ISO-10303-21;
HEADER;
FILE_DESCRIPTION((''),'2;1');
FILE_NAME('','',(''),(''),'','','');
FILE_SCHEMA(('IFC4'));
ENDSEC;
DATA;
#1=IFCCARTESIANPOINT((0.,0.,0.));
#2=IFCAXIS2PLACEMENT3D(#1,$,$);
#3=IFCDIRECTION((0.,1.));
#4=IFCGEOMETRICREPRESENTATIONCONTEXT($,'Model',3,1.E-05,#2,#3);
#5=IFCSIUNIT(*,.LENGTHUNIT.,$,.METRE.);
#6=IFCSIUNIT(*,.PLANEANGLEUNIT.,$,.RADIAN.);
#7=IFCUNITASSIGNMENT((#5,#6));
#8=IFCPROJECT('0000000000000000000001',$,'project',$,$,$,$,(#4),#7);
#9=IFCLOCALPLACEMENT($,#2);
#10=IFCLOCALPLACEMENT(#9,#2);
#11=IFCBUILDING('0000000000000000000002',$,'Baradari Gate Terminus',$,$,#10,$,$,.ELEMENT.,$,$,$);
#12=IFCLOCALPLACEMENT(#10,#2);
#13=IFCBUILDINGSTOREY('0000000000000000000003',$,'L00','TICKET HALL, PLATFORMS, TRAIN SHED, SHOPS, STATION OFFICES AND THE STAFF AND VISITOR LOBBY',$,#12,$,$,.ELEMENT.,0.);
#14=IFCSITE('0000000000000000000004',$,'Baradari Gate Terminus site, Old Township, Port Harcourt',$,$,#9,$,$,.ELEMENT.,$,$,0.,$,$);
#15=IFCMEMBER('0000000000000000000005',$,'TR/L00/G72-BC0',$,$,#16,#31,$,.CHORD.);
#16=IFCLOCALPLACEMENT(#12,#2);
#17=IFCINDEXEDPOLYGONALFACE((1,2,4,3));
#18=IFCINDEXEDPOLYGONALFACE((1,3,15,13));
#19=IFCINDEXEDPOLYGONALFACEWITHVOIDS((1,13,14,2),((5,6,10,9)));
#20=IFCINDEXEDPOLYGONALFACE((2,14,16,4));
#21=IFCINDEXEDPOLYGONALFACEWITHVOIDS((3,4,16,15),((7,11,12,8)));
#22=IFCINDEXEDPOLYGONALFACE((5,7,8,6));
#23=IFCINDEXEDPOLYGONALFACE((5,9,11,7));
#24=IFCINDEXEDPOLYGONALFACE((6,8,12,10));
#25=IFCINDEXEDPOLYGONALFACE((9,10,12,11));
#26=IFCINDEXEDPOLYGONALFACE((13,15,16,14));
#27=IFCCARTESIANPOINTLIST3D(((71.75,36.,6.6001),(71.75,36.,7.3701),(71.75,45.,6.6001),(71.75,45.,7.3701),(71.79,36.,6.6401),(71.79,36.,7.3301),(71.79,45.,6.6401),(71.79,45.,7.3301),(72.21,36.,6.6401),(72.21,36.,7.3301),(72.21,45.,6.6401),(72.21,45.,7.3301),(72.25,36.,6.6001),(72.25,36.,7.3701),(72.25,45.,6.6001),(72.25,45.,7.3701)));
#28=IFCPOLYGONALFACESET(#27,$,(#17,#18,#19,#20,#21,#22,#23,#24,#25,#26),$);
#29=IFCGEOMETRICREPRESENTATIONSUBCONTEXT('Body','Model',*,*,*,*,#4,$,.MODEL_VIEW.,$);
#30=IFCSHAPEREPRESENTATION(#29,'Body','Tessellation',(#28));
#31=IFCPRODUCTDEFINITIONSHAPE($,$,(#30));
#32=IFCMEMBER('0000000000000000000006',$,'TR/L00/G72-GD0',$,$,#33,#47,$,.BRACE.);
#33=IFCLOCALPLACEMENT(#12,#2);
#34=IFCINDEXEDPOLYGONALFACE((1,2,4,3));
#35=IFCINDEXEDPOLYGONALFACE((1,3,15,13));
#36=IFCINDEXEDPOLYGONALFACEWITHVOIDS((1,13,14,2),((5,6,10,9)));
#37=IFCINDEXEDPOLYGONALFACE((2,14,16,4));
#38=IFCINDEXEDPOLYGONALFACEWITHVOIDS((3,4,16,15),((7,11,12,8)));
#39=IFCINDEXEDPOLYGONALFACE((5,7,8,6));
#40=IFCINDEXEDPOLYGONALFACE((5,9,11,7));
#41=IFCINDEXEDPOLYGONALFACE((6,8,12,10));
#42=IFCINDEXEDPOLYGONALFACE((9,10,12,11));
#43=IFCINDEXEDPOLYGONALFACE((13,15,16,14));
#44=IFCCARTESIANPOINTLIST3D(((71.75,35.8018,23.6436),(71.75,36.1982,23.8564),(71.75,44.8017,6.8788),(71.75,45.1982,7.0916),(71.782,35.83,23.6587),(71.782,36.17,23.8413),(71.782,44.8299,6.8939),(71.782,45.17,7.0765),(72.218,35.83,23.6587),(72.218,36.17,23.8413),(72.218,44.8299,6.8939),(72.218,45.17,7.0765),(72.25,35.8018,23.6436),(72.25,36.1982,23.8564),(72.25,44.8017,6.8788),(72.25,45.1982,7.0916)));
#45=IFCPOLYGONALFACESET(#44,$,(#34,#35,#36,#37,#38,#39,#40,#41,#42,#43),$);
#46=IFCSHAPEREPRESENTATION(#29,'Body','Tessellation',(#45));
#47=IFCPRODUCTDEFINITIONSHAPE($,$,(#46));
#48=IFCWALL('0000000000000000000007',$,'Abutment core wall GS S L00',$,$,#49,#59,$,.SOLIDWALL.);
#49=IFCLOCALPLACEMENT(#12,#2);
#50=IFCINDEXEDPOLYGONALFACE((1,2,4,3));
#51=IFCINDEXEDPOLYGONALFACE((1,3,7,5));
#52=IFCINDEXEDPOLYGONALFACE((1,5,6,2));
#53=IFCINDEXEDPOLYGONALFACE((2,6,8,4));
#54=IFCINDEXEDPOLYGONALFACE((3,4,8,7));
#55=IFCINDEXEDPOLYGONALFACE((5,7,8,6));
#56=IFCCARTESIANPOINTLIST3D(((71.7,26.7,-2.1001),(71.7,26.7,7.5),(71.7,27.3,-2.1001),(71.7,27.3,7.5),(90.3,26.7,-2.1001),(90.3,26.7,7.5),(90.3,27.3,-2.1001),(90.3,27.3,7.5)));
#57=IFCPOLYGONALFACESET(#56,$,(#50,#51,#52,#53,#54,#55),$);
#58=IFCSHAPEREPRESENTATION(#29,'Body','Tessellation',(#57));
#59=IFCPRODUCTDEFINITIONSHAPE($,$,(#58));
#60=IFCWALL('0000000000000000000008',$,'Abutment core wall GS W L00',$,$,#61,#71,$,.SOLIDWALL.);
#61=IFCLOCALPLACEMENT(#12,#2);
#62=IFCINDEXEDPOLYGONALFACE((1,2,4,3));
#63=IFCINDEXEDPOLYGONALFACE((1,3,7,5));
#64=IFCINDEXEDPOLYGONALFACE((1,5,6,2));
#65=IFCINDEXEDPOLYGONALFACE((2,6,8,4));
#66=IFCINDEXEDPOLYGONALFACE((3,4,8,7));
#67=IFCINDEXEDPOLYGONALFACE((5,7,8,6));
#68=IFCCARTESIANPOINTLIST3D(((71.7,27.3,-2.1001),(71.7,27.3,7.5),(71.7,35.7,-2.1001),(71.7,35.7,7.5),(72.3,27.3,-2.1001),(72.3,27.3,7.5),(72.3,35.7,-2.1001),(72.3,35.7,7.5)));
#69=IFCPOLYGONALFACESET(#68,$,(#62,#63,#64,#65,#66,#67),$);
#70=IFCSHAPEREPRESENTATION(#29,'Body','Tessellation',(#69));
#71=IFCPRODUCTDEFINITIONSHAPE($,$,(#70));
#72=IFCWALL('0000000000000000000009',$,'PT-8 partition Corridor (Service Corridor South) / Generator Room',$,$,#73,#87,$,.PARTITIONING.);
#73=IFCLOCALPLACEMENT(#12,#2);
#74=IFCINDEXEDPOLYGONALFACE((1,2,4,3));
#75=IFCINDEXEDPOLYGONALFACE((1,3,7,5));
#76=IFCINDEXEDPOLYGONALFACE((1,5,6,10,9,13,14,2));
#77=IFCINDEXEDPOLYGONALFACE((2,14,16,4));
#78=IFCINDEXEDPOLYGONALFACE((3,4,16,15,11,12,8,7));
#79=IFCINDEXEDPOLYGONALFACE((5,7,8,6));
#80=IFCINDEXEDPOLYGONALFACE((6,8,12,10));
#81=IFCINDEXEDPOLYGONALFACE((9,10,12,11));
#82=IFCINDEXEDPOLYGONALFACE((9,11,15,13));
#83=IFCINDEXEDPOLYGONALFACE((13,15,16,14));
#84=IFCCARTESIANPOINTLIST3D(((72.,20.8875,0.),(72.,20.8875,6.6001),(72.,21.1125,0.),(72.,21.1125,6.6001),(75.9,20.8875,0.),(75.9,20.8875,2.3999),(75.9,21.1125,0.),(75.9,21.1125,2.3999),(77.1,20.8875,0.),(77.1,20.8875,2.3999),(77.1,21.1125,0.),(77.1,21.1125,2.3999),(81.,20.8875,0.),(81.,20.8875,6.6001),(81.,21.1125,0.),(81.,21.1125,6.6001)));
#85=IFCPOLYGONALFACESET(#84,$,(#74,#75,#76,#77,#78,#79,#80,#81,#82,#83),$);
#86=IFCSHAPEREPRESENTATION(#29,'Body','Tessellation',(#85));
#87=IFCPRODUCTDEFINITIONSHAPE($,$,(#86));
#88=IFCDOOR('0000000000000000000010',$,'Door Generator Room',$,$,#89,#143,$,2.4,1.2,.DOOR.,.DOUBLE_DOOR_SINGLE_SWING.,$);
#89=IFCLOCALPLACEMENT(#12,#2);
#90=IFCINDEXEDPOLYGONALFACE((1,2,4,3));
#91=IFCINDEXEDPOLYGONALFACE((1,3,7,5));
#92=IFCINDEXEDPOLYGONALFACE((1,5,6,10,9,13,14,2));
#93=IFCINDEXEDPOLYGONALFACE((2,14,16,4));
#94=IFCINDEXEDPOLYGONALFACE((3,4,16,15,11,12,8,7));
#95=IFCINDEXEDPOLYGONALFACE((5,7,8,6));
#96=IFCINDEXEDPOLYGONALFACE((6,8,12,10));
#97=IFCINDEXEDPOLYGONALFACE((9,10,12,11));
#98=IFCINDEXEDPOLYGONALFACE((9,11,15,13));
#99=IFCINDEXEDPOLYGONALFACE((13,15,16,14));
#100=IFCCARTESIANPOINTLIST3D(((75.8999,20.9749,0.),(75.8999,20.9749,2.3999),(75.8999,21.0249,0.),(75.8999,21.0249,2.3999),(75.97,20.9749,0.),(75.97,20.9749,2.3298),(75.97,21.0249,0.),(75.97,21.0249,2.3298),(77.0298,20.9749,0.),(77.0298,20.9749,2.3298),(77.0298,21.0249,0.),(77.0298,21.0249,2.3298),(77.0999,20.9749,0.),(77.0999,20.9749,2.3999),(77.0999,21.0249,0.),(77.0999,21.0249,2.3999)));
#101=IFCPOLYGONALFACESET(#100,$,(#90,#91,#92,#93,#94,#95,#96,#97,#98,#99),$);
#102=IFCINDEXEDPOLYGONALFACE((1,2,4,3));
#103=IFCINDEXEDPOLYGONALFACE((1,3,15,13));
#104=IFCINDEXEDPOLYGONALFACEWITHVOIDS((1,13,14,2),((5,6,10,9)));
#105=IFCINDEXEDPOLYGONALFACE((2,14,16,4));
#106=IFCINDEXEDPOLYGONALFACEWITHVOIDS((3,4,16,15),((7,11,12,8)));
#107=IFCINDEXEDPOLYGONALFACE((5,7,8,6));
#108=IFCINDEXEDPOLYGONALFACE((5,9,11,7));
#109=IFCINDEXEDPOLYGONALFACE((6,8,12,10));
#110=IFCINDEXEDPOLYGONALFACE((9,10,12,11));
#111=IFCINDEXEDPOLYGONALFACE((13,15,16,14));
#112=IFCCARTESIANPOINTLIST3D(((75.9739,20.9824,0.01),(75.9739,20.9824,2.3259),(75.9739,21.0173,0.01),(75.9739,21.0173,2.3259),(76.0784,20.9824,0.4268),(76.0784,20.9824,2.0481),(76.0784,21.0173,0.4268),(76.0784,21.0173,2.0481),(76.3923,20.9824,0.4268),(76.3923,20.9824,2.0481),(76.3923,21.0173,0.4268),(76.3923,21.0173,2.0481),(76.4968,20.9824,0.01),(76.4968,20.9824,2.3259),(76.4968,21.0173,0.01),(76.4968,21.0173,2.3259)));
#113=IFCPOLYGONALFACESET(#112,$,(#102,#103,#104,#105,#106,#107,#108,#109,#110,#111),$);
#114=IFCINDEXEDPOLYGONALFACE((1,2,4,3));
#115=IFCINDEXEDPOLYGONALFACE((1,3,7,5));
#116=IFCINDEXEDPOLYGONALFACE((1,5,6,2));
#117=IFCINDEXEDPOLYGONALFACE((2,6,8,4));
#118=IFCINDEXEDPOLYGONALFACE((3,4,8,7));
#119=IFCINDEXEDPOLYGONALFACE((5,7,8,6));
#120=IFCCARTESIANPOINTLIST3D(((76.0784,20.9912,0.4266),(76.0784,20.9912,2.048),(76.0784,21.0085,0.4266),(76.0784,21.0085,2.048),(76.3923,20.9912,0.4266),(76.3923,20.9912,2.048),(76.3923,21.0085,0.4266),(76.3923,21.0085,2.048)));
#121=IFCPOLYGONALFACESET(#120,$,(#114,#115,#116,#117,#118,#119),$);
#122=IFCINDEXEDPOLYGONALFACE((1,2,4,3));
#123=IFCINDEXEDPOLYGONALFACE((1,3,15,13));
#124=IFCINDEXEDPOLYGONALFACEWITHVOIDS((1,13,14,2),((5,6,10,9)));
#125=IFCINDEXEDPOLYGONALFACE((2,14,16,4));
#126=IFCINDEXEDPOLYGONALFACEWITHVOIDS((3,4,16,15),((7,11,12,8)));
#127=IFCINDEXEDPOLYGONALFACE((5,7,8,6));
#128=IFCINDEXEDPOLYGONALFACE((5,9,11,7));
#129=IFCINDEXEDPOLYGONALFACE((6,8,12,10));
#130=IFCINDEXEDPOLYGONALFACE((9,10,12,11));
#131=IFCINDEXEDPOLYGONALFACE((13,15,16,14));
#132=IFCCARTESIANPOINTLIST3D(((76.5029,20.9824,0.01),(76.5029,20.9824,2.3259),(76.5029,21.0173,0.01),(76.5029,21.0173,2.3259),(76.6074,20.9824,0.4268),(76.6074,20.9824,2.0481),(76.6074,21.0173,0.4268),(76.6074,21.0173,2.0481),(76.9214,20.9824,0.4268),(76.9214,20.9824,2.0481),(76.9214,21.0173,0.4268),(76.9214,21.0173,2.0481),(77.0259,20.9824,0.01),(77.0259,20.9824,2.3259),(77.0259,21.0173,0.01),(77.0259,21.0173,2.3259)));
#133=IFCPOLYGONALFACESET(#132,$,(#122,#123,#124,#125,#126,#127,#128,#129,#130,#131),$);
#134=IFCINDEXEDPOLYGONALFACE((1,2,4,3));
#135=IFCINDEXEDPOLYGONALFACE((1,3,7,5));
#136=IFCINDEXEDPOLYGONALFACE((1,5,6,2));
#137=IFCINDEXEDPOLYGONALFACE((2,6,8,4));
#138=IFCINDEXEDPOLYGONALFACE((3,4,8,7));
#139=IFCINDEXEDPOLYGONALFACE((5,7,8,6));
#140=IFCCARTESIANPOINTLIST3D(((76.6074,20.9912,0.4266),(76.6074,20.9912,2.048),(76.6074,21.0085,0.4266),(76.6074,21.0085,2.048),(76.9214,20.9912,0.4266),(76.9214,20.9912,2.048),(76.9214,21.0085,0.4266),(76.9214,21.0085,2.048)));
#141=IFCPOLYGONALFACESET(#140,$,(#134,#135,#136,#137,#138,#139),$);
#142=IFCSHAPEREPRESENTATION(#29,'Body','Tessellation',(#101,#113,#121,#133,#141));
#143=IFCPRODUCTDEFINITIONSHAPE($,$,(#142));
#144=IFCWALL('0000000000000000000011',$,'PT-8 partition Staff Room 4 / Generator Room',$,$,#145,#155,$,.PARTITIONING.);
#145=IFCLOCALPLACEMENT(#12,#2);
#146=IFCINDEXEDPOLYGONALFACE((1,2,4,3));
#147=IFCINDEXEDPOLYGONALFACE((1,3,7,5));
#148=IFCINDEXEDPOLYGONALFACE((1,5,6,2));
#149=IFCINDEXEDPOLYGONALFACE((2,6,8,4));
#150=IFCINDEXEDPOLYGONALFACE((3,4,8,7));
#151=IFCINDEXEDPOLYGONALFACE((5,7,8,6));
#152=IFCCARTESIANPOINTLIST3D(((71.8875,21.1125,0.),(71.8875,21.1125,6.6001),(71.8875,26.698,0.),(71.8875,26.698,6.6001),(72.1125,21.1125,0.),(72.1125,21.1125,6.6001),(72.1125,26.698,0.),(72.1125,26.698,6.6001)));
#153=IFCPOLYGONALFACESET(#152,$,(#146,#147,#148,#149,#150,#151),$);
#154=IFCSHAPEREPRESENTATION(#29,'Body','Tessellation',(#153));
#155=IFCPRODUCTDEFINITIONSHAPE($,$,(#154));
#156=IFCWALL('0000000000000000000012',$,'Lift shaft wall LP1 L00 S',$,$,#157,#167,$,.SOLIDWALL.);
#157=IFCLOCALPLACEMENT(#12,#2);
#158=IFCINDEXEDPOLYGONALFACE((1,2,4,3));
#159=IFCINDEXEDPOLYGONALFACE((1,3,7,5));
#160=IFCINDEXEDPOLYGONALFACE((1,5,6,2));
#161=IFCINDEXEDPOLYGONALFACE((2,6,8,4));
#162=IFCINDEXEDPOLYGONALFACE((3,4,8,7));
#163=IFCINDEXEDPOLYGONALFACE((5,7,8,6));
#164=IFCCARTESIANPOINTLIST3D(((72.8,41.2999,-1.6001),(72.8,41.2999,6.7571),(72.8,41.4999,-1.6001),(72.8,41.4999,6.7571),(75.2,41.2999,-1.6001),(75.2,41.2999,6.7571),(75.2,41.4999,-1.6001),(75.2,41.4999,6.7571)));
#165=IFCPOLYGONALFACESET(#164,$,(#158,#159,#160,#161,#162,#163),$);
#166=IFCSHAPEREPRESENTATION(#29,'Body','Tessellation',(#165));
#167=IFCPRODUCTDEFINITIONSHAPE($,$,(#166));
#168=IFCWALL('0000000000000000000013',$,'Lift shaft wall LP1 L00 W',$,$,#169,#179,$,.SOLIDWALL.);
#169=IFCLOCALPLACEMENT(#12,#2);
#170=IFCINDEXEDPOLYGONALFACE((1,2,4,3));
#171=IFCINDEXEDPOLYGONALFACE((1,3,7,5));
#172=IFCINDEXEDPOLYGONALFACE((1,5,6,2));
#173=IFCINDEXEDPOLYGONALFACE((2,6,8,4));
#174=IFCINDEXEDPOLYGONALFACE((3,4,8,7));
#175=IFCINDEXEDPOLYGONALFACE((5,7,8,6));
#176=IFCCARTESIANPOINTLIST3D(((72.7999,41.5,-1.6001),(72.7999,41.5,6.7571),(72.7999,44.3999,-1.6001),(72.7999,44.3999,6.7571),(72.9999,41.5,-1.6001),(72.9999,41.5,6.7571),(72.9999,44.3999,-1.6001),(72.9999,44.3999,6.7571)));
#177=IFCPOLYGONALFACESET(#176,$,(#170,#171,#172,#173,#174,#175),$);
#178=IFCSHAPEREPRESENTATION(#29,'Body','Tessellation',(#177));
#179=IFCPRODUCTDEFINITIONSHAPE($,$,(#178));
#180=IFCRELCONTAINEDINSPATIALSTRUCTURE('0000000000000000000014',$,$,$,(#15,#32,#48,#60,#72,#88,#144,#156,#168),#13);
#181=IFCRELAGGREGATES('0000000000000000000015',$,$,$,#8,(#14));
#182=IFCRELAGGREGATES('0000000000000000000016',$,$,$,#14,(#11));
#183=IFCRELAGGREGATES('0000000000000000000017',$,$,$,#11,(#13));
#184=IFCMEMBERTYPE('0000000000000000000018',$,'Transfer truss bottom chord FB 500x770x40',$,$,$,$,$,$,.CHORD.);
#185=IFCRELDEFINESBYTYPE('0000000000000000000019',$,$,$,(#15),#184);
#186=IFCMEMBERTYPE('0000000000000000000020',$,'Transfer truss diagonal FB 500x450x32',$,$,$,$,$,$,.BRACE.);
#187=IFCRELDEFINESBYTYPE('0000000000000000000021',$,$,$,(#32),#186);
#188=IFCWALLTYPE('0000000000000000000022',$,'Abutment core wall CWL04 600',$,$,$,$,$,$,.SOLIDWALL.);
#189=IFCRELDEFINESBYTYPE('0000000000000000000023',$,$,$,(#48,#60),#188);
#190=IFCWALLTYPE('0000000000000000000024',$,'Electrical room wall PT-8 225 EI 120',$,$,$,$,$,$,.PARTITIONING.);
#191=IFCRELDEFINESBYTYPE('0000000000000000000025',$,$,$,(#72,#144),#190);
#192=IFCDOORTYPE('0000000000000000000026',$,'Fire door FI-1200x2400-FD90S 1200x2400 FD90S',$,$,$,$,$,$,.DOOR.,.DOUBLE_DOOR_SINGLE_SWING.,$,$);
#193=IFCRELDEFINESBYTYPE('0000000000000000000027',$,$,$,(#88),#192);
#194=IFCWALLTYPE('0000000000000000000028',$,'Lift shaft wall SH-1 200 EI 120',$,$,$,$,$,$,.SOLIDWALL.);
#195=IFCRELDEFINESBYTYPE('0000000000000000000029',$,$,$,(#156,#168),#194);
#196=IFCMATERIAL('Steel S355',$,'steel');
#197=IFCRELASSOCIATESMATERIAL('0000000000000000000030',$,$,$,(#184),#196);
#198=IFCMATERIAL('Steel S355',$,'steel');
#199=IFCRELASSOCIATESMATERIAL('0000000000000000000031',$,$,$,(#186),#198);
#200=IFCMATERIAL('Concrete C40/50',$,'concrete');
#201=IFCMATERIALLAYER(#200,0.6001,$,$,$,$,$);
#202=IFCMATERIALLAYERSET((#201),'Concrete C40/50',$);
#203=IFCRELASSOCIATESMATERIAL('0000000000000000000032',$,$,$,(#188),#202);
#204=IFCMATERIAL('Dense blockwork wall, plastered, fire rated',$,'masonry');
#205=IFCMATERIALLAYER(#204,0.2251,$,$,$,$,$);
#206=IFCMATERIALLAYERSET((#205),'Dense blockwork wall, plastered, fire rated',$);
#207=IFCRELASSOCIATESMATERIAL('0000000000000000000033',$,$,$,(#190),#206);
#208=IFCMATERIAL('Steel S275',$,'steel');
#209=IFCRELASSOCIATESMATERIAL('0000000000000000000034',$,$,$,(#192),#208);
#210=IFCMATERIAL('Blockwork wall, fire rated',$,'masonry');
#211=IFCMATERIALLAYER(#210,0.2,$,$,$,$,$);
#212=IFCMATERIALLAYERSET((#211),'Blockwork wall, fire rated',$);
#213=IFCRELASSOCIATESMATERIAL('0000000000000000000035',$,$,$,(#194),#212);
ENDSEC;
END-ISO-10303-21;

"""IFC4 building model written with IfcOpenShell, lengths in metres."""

from ifc_helpers import new_model, si_unit, direction, frame, frame_2d, origin, origin_2d, place, context, subcontext, project, spatial, polyline, rectangle, hollow_rectangle, outline, extrude, material, layer, layer_set, material_profile, profile_set, type_object, element, fill, save


model = new_model("IFC4")

# Units and contexts
model_context = context("Model", 3, precision=1e-05, world=origin(), true_north=direction((0.0, 1.0)))
body_context = subcontext(model_context, "Body", "Model", "MODEL_VIEW")
ifc_project = project(units=[si_unit("LENGTHUNIT", "METRE"), si_unit("PLANEANGLEUNIT", "RADIAN")], contexts=[model_context])

# Site, building, storey
site_placement = place(None, origin())
site = spatial("IfcSite", under=ifc_project, at=site_placement, Name="Baradari Gate Terminus site, Old Township, Port Harcourt", CompositionType="ELEMENT", RefElevation=0.0)
building_placement = place(site_placement, origin())
building = spatial("IfcBuilding", under=site, at=building_placement, Name="Baradari Gate Terminus", CompositionType="ELEMENT")
storey_placement = place(building_placement, origin())
storey = spatial("IfcBuildingStorey", under=building, at=storey_placement, Name="L00", Description="TICKET HALL, PLATFORMS, TRAIN SHED, SHOPS, STATION OFFICES AND THE STAFF AND VISITOR LOBBY", CompositionType="ELEMENT", Elevation=0.0)

# Members
ifc_material_1 = material(Name="Steel S355", Category="steel")
ifc_material_profile_1 = material_profile(ifc_material_1, hollow_rectangle(XDim=0.5, YDim=0.77, WallThickness=0.04, at=origin_2d()), Name="FB 500x770x40")
ifc_profile_set_1 = profile_set([ifc_material_profile_1], Name="Steel S355")
member_type_1 = type_object("IfcMemberType", Name="Transfer truss bottom chord FB 500x770x40", PredefinedType="CHORD", material=ifc_profile_set_1)
member_1_placement = place(storey_placement, frame((72.0, 36.0, 6.9851), z_axis=(0.0, 1.0, 0.0), x_axis=(-1.0, 0.0, 0.0)))
element("IfcMember", 1, at=member_1_placement, inside=storey, type_object=member_type_1, Name="TR/L00/G72-BC0", PredefinedType="CHORD", context=body_context, shape_type="SweptSolid", body=[
    extrude(hollow_rectangle(XDim=0.5, YDim=0.77, WallThickness=0.04, at=origin_2d()), origin(), (0.0, 0.0, 1.0), 9.0),
])
ifc_material_2 = material(Name="Steel S355", Category="steel")
ifc_material_profile_2 = material_profile(ifc_material_2, hollow_rectangle(XDim=0.5, YDim=0.45, WallThickness=0.032, at=origin_2d()), Name="FB 500x450x32")
ifc_profile_set_2 = profile_set([ifc_material_profile_2], Name="Steel S355")
member_type_2 = type_object("IfcMemberType", Name="Transfer truss diagonal FB 500x450x32", PredefinedType="BRACE", material=ifc_profile_set_2)
member_2_placement = place(storey_placement, frame((72.0, 36.0, 23.75), z_axis=(0.0, 0.472989, -0.881068), x_axis=(-1.0, 0.0, 0.0)))
element("IfcMember", 2, at=member_2_placement, inside=storey, type_object=member_type_2, Name="TR/L00/G72-GD0", PredefinedType="BRACE", context=body_context, shape_type="SweptSolid", body=[
    extrude(hollow_rectangle(XDim=0.5, YDim=0.45, WallThickness=0.032, at=origin_2d()), origin(), (0.0, 0.0, 1.0), 19.0278),
])

# Wall
ifc_material_3 = material(Name="Concrete C40/50", Category="concrete")
ifc_layer_1 = layer(ifc_material_3, 0.6001)
ifc_layer_set_1 = layer_set([ifc_layer_1], Name="Concrete C40/50")
wall_type_1 = type_object("IfcWallType", Name="Abutment core wall CWL04 600", PredefinedType="SOLIDWALL", material=ifc_layer_set_1)
wall_1_placement = place(storey_placement, frame((71.7, 27.0, -2.1001), z_axis=(0.0, 0.0, 1.0), x_axis=(1.0, 0.0, 0.0)))
element("IfcWall", 3, at=wall_1_placement, inside=storey, type_object=wall_type_1, Name="Abutment core wall GS S L00", PredefinedType="SOLIDWALL", context=body_context, shape_type="SweptSolid", body=[
    extrude(rectangle(XDim=18.6001, YDim=0.6001, at=frame_2d((9.3, 0.0))), origin(), (0.0, 0.0, 1.0), 9.6001),
])

# Wall
wall_2_placement = place(storey_placement, frame((72.0, 27.3, -2.1001), z_axis=(0.0, 0.0, 1.0), x_axis=(0.0, 1.0, 0.0)))
element("IfcWall", 4, at=wall_2_placement, inside=storey, type_object=wall_type_1, Name="Abutment core wall GS W L00", PredefinedType="SOLIDWALL", context=body_context, shape_type="SweptSolid", body=[
    extrude(rectangle(XDim=8.3999, YDim=0.6001, at=frame_2d((4.2, 0.0))), origin(), (0.0, 0.0, 1.0), 9.6001),
])

# Wall, opening, door
ifc_material_4 = material(Name="Dense blockwork wall, plastered, fire rated", Category="masonry")
ifc_layer_2 = layer(ifc_material_4, 0.2251)
ifc_layer_set_2 = layer_set([ifc_layer_2], Name="Dense blockwork wall, plastered, fire rated")
wall_type_2 = type_object("IfcWallType", Name="Electrical room wall PT-8 225 EI 120", PredefinedType="PARTITIONING", material=ifc_layer_set_2)
wall_3_placement = place(storey_placement, frame((72.0, 21.0, 0.0), z_axis=(0.0, 0.0, 1.0), x_axis=(1.0, 0.0, 0.0)))
wall_3 = element("IfcWall", 5, at=wall_3_placement, inside=storey, type_object=wall_type_2, Name="PT-8 partition Corridor (Service Corridor South) / Generator Room", PredefinedType="PARTITIONING", context=body_context, shape_type="SweptSolid", body=[
    extrude(rectangle(XDim=9.0, YDim=0.2251, at=frame_2d((4.5, 0.0))), origin(), (0.0, 0.0, 1.0), 6.6001),
])
opening_1_placement = place(wall_3_placement, frame((3.8999, 0.0, 0.0)))
opening_1 = element("IfcOpeningElement", 6, at=opening_1_placement, cuts=wall_3, PredefinedType="OPENING", context=body_context, shape_type="SweptSolid", body=[
    extrude(rectangle(XDim=1.2, YDim=2.3999, at=frame_2d((0.6001, 1.2))), frame((0.0, 0.1226, 0.0), z_axis=(0.0, -1.0, 0.0), x_axis=(1.0, 0.0, 0.0)), (0.0, 0.0, 1.0), 0.2451),
])
ifc_material_5 = material(Name="Steel S275", Category="steel")
door_type_1 = type_object("IfcDoorType", Name="Fire door FI-1200x2400-FD90S 1200x2400 FD90S", OperationType="DOUBLE_DOOR_SINGLE_SWING", PredefinedType="DOOR", material=ifc_material_5)
door_1_placement = place(opening_1_placement, origin())
door_1 = element("IfcDoor", 7, at=door_1_placement, inside=storey, type_object=door_type_1, Name="Door Generator Room", OperationType="DOUBLE_DOOR_SINGLE_SWING", OverallHeight=2.4, OverallWidth=1.2, PredefinedType="DOOR", context=body_context, shape_type="SweptSolid", body=[
    extrude(outline(polyline([(0.0, 0.0), (0.0701, 0.0), (0.0701, 2.3298), (1.1299, 2.3298), (1.1299, 0.0), (1.2, 0.0), (1.2, 2.3999), (0.0, 2.3999), (0.0, 0.0)])), frame((0.0, 0.0249, 0.0), z_axis=(0.0, -1.0, 0.0), x_axis=(1.0, 0.0, 0.0)), (0.0, 0.0, 1.0), 0.05),
    extrude(outline(polyline([(0.074, 0.01), (0.5969, 0.01), (0.5969, 2.3259), (0.074, 2.3259), (0.074, 0.01)]), holes=[polyline([(0.1785, 0.4268), (0.4924, 0.4268), (0.4924, 2.0481), (0.1785, 2.0481), (0.1785, 0.4268)])]), frame((0.0, 0.0173, 0.0), z_axis=(0.0, -1.0, 0.0), x_axis=(1.0, 0.0, 0.0)), (0.0, 0.0, 1.0), 0.0349),
    extrude(rectangle(XDim=0.314, YDim=1.6213, at=frame_2d((0.3354, 1.2373))), frame((0.0, 0.0085, 0.0), z_axis=(0.0, -1.0, 0.0), x_axis=(1.0, 0.0, 0.0)), (0.0, 0.0, 1.0), 0.0173),
    extrude(outline(polyline([(0.603, 0.01), (1.126, 0.01), (1.126, 2.3259), (0.603, 2.3259), (0.603, 0.01)]), holes=[polyline([(0.7075, 0.4268), (1.0215, 0.4268), (1.0215, 2.0481), (0.7075, 2.0481), (0.7075, 0.4268)])]), frame((0.0, 0.0173, 0.0), z_axis=(0.0, -1.0, 0.0), x_axis=(1.0, 0.0, 0.0)), (0.0, 0.0, 1.0), 0.0349),
    extrude(rectangle(XDim=0.314, YDim=1.6213, at=frame_2d((0.8645, 1.2373))), frame((0.0, 0.0085, 0.0), z_axis=(0.0, -1.0, 0.0), x_axis=(1.0, 0.0, 0.0)), (0.0, 0.0, 1.0), 0.0173),
])
fill(opening_1, door_1)

# Walls
wall_4_placement = place(storey_placement, frame((72.0, 26.698, 0.0), z_axis=(0.0, 0.0, 1.0), x_axis=(0.0, -1.0, 0.0)))
element("IfcWall", 8, at=wall_4_placement, inside=storey, type_object=wall_type_2, Name="PT-8 partition Staff Room 4 / Generator Room", PredefinedType="PARTITIONING", context=body_context, shape_type="SweptSolid", body=[
    extrude(rectangle(XDim=5.5854, YDim=0.2251, at=frame_2d((2.7927, 0.0))), origin(), (0.0, 0.0, 1.0), 6.6001),
])
ifc_material_6 = material(Name="Blockwork wall, fire rated", Category="masonry")
ifc_layer_3 = layer(ifc_material_6, 0.2)
ifc_layer_set_3 = layer_set([ifc_layer_3], Name="Blockwork wall, fire rated")
wall_type_3 = type_object("IfcWallType", Name="Lift shaft wall SH-1 200 EI 120", PredefinedType="SOLIDWALL", material=ifc_layer_set_3)
wall_5_placement = place(storey_placement, frame((72.8, 41.3999, -1.6001), z_axis=(0.0, 0.0, 1.0), x_axis=(1.0, 0.0, 0.0)))
element("IfcWall", 9, at=wall_5_placement, inside=storey, type_object=wall_type_3, Name="Lift shaft wall LP1 L00 S", PredefinedType="SOLIDWALL", context=body_context, shape_type="SweptSolid", body=[
    extrude(rectangle(XDim=2.3999, YDim=0.2, at=frame_2d((1.2, 0.0))), origin(), (0.0, 0.0, 1.0), 8.3572),
])
wall_6_placement = place(storey_placement, frame((72.8999, 41.5, -1.6001), z_axis=(0.0, 0.0, 1.0), x_axis=(0.0, 1.0, 0.0)))
element("IfcWall", 10, at=wall_6_placement, inside=storey, type_object=wall_type_3, Name="Lift shaft wall LP1 L00 W", PredefinedType="SOLIDWALL", context=body_context, shape_type="SweptSolid", body=[
    extrude(rectangle(XDim=2.8999, YDim=0.2, at=frame_2d((1.45, 0.0))), origin(), (0.0, 0.0, 1.0), 8.3572),
])

save(model, "model.ifc")
